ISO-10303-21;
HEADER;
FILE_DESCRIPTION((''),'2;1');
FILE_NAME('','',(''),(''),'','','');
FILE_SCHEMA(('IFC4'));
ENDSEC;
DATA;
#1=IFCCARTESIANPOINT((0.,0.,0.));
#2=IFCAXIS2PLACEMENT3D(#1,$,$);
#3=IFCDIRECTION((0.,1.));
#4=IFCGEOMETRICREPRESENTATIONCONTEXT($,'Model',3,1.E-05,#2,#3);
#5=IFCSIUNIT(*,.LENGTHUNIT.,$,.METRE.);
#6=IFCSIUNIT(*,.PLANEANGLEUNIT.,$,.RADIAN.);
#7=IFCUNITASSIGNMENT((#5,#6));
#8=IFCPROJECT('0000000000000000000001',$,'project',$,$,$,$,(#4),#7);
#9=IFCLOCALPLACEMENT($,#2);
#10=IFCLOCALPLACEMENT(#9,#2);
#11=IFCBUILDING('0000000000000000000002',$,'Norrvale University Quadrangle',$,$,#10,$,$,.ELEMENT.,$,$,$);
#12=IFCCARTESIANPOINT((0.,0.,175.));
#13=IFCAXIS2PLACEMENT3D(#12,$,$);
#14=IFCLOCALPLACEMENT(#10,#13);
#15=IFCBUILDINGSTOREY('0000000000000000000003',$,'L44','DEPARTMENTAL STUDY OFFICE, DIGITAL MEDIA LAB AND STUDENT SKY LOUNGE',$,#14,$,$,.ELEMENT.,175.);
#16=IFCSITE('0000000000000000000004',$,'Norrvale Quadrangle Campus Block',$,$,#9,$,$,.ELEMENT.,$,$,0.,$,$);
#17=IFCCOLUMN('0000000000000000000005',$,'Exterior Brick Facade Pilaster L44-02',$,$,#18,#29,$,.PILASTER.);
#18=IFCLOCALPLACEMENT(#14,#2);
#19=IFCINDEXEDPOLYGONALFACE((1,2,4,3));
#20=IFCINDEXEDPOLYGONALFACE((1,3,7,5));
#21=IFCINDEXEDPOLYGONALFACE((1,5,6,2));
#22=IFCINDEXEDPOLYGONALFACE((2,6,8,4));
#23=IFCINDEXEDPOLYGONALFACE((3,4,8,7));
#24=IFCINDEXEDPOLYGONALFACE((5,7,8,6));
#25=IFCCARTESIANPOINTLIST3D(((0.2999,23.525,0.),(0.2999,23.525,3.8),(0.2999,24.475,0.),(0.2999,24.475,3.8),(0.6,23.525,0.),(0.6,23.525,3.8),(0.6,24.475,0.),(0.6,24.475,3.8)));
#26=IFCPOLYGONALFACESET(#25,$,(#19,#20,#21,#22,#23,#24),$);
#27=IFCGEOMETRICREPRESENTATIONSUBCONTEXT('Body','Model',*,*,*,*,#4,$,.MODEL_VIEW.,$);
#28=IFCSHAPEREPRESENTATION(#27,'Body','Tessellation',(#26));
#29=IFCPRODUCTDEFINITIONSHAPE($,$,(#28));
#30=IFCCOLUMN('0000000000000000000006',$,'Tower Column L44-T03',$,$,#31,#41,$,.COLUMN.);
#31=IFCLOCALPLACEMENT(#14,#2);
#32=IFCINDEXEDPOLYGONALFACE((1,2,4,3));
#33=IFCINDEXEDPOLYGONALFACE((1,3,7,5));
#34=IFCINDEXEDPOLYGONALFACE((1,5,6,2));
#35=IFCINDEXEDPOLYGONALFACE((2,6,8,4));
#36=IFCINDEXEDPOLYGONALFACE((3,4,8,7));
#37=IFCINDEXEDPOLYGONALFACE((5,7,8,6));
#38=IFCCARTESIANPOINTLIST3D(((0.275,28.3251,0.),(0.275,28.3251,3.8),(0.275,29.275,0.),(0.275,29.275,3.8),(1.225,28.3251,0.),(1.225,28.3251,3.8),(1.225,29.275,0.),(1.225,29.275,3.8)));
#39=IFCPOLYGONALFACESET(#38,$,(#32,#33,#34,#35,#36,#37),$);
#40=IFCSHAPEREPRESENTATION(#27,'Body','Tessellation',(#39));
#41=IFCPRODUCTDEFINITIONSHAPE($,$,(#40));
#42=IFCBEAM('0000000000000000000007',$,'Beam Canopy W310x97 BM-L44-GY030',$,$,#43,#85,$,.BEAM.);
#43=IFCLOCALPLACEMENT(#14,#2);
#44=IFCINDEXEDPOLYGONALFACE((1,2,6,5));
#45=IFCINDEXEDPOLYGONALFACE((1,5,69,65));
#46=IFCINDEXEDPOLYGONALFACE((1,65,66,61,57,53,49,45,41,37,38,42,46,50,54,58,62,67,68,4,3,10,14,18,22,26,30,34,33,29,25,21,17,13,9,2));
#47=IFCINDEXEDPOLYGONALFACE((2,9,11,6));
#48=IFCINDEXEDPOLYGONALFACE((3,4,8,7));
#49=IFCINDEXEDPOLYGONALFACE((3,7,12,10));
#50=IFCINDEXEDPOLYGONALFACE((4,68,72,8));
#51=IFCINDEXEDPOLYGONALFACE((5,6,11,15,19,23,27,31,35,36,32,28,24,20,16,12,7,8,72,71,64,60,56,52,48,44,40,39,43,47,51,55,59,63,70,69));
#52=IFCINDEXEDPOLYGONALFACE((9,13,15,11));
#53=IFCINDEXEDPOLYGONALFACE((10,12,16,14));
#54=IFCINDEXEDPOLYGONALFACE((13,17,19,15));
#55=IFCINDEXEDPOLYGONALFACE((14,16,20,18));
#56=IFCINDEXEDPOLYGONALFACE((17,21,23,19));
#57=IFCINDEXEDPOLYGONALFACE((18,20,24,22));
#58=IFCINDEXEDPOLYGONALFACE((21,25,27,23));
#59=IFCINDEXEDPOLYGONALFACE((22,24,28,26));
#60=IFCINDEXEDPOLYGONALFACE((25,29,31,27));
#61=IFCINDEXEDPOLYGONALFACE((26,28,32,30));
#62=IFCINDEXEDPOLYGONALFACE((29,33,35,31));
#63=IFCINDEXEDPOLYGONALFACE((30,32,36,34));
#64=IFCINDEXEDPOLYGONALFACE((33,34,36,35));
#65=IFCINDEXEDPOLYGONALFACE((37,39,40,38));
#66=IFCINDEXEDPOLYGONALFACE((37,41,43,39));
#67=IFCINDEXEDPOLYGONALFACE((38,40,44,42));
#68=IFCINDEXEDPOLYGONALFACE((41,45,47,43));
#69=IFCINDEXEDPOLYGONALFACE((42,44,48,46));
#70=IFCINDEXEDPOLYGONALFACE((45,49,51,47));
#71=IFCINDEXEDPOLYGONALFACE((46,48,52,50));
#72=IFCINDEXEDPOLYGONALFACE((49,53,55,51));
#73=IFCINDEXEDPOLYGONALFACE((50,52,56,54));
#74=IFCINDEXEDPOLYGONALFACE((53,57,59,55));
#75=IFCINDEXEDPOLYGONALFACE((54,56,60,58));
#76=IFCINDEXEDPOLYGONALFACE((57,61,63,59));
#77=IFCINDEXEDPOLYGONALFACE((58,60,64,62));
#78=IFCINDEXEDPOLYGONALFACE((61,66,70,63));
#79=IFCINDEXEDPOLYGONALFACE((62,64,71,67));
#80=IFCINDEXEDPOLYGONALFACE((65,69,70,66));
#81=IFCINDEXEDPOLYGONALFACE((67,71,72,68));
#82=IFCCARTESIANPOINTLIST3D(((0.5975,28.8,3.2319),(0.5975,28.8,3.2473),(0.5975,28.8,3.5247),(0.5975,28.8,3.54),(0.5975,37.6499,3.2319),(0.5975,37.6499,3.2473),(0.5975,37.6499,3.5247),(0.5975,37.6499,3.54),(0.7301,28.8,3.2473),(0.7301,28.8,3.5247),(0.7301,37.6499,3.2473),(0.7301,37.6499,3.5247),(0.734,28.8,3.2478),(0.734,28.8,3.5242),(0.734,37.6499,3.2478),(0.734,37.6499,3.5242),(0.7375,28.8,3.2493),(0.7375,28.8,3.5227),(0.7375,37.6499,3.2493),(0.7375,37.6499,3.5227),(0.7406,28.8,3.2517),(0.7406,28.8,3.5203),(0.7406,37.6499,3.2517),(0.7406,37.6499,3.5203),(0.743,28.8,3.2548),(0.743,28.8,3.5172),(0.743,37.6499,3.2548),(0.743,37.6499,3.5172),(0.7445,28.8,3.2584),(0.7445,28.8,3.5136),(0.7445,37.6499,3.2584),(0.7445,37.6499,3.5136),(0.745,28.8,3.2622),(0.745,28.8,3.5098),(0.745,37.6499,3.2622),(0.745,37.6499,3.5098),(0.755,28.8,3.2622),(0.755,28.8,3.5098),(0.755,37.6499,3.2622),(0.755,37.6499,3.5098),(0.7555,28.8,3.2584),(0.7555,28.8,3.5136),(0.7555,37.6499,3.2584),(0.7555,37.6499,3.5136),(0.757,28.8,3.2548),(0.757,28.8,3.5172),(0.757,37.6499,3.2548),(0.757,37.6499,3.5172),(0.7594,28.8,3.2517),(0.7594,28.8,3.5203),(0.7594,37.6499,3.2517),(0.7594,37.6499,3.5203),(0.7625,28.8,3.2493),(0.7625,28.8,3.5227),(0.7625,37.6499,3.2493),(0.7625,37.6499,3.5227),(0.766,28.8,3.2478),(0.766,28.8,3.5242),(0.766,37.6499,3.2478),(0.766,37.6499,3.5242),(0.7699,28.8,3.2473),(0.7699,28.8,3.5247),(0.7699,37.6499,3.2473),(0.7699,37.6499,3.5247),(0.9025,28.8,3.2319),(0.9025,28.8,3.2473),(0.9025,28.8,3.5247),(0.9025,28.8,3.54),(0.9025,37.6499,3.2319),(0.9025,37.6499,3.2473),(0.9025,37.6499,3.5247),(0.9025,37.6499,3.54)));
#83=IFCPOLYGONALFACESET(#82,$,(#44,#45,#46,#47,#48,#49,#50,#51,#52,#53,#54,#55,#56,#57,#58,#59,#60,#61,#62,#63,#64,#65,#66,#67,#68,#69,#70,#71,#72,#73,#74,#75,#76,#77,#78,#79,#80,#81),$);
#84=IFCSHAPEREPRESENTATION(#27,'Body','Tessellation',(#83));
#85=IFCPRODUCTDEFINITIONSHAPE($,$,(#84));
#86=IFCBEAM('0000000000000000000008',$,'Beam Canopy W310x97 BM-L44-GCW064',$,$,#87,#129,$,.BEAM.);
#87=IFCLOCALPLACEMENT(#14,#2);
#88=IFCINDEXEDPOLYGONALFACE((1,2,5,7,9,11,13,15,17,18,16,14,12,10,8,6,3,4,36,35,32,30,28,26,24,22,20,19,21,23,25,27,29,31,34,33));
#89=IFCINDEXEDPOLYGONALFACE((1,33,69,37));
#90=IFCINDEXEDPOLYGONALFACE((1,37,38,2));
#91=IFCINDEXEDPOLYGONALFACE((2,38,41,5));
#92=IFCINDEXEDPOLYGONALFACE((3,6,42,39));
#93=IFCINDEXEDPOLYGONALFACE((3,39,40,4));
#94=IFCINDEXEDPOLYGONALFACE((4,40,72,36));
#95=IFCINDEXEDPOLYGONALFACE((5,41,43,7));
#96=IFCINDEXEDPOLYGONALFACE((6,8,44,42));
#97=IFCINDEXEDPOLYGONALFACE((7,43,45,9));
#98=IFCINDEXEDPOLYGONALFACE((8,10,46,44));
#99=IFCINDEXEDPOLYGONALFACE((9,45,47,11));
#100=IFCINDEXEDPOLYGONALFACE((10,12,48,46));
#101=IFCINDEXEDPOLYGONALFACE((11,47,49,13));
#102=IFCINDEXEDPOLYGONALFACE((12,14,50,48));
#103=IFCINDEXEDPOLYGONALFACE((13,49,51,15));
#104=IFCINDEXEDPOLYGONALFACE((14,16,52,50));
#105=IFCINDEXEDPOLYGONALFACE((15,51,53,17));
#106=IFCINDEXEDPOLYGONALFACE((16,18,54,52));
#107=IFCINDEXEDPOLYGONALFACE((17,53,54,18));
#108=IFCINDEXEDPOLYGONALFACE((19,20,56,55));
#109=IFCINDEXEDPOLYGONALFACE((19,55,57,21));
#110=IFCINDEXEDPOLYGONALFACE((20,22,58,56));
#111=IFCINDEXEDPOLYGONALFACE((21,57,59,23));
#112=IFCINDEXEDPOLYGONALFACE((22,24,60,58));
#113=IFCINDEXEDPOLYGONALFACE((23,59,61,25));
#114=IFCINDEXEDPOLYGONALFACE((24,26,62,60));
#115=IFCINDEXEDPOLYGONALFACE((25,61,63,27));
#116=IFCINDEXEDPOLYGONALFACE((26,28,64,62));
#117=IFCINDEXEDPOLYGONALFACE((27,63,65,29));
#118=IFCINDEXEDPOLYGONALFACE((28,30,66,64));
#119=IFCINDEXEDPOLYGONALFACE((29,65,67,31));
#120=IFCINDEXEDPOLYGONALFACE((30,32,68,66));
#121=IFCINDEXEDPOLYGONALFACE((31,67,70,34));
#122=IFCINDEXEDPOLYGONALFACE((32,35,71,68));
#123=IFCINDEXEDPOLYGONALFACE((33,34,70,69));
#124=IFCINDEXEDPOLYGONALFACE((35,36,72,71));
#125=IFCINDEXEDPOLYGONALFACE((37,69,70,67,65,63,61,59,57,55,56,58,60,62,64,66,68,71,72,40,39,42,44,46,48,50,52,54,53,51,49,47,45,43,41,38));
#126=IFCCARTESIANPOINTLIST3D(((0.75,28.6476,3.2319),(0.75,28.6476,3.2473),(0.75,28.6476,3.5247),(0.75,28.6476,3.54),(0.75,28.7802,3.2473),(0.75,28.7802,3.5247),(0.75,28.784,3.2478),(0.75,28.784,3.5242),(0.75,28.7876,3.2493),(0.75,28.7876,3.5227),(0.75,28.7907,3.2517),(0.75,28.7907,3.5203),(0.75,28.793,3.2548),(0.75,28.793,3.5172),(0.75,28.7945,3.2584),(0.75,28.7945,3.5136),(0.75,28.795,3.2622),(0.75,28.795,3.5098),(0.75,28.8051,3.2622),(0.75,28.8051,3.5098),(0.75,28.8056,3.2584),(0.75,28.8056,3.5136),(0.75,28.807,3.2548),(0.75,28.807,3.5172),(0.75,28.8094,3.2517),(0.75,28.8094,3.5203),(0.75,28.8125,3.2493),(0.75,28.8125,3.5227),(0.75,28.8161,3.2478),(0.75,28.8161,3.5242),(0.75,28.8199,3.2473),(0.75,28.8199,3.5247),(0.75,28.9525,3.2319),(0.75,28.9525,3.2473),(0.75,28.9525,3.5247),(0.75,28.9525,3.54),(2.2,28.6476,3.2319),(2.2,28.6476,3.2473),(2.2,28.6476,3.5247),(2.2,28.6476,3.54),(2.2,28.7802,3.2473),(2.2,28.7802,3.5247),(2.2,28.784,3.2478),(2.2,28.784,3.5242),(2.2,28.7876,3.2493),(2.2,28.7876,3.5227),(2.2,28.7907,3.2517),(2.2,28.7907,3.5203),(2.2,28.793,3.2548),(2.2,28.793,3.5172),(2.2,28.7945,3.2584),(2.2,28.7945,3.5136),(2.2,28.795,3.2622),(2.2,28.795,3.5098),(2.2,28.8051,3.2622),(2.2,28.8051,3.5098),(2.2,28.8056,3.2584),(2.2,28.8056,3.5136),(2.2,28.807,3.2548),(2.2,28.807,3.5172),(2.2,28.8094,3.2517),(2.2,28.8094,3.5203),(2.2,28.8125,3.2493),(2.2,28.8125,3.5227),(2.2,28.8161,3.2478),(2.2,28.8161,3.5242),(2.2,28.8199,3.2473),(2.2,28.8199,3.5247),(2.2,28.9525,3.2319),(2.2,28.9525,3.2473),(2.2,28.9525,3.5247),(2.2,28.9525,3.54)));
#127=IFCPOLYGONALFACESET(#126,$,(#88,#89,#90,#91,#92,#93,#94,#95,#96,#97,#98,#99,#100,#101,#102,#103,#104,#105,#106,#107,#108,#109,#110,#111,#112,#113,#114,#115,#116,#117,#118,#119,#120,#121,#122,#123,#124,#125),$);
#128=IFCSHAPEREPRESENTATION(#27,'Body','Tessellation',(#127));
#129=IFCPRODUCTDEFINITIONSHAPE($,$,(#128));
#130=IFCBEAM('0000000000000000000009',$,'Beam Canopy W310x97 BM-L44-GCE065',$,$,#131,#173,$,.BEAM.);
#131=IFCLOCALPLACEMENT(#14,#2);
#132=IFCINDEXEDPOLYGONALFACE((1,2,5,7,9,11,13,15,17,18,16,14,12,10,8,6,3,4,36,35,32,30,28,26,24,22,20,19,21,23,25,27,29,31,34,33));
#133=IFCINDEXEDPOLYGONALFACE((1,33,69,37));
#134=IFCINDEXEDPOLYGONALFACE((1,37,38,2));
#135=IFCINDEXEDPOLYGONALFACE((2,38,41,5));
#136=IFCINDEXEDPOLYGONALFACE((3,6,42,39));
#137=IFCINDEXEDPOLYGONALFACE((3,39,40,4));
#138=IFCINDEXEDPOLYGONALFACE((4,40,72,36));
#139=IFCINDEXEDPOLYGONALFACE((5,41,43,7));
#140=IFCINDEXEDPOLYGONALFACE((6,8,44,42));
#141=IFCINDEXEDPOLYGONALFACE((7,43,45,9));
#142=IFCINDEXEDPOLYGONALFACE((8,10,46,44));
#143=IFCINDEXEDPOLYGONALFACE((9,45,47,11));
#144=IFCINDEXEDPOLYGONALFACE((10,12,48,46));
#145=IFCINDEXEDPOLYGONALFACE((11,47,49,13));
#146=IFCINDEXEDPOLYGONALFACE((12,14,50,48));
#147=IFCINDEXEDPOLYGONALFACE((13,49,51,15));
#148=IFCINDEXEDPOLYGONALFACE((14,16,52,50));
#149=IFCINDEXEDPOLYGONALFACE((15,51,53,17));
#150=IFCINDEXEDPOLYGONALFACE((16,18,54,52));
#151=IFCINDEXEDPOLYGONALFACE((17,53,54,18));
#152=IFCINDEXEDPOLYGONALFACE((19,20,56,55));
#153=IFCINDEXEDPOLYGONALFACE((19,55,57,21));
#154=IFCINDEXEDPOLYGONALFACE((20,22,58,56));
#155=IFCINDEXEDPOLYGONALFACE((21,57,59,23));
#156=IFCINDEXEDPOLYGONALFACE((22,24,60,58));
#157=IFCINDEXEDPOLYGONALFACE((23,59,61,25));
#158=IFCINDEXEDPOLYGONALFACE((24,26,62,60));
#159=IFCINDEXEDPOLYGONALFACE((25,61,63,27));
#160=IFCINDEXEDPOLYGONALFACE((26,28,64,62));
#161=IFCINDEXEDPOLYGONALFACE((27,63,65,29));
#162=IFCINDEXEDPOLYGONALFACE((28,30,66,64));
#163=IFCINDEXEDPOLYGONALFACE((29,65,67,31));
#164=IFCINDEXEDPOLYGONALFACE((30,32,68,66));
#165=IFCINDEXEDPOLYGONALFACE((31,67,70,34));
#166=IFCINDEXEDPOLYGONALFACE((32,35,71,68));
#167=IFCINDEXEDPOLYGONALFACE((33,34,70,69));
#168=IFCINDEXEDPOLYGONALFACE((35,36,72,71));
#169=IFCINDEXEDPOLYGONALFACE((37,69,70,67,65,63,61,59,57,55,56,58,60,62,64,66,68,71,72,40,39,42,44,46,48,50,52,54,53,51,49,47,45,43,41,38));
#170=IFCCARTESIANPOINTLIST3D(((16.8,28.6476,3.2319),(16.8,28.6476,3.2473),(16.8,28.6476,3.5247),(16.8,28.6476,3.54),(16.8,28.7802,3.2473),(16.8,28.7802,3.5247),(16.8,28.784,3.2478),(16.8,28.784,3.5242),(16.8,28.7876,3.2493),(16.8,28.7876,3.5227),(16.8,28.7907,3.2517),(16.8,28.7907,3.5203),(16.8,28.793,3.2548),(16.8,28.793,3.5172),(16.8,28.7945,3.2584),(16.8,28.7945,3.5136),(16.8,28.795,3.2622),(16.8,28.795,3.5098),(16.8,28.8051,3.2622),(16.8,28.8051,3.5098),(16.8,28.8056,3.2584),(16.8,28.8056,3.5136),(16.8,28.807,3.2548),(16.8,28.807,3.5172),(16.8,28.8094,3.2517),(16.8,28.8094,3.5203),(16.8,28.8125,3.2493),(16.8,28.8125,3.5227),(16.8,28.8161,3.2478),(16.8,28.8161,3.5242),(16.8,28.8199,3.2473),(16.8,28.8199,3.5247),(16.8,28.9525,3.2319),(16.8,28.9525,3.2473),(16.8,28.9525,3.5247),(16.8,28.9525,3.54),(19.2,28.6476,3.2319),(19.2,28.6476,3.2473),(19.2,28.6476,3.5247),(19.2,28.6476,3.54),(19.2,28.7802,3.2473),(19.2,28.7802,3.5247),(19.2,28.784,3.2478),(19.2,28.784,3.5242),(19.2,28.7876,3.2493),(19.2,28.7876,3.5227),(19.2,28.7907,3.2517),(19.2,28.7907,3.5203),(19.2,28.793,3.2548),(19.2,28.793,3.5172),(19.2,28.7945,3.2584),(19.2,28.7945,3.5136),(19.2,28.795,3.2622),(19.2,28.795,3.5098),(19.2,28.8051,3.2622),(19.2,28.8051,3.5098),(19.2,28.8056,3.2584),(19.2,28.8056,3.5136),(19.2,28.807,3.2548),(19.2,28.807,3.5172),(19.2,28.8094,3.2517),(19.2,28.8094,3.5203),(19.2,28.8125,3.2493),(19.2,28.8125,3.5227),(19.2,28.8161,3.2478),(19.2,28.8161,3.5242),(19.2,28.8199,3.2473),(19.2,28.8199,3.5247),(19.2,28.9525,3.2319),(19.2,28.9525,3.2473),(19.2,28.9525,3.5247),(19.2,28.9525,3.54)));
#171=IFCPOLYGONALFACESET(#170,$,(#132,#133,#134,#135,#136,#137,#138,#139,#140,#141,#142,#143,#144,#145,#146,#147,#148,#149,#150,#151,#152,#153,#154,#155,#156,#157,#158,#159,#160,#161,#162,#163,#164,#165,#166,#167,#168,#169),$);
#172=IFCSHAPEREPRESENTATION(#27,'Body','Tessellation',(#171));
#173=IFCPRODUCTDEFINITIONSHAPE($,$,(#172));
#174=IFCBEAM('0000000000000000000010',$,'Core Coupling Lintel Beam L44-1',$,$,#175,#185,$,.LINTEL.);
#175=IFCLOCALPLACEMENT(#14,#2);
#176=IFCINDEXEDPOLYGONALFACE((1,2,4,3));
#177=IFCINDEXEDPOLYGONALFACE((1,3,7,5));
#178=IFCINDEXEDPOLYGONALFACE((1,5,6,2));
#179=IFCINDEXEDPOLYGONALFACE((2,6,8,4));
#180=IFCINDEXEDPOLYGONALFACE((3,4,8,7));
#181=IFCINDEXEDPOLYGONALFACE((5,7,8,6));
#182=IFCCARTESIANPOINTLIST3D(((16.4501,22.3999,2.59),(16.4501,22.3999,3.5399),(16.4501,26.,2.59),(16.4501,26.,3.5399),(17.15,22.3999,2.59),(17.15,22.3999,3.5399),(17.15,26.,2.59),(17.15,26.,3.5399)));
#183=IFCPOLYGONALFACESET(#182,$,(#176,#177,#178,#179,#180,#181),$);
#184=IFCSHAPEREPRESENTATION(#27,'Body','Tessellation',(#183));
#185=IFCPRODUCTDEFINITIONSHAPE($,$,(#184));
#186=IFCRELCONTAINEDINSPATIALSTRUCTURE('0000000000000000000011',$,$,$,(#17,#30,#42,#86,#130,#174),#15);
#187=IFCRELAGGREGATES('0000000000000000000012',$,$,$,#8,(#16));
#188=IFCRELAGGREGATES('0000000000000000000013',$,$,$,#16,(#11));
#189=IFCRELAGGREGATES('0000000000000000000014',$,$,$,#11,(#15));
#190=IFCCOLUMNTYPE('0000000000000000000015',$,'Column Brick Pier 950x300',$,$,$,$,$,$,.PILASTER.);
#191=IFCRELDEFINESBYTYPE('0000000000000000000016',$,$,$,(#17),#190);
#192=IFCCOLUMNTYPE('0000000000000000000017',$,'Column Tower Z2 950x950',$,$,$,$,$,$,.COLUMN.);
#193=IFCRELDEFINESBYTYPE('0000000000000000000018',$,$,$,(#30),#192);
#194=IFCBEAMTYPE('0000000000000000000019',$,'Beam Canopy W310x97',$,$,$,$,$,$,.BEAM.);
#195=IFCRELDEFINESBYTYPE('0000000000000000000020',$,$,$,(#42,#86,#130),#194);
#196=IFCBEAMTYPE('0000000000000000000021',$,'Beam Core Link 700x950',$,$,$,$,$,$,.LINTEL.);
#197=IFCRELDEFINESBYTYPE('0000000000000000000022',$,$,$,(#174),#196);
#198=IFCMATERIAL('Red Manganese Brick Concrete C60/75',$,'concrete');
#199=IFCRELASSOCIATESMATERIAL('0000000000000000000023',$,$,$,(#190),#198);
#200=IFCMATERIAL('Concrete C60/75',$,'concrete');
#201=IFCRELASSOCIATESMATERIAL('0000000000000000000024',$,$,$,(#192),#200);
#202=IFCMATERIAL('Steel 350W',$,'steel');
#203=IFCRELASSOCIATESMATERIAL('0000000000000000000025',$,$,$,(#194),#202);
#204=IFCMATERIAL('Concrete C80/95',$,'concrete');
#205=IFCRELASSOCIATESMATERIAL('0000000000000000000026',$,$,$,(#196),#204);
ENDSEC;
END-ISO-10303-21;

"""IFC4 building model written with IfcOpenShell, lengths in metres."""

from ifc_helpers import new_model, si_unit, direction, frame, origin, origin_2d, place, context, subcontext, project, spatial, rectangle, i_section, extrude, material, material_profile, profile_set, type_object, element, save


model = new_model("IFC4")

# Units and contexts
model_context = context("Model", 3, precision=1e-05, world=origin(), true_north=direction((0.0, 1.0)))
body_context = subcontext(model_context, "Body", "Model", "MODEL_VIEW")
ifc_project = project(units=[si_unit("LENGTHUNIT", "METRE"), si_unit("PLANEANGLEUNIT", "RADIAN")], contexts=[model_context])

# Site, building, storey
site_placement = place(None, origin())
site = spatial("IfcSite", under=ifc_project, at=site_placement, Name="Norrvale Quadrangle Campus Block", CompositionType="ELEMENT", RefElevation=0.0)
building_placement = place(site_placement, origin())
building = spatial("IfcBuilding", under=site, at=building_placement, Name="Norrvale University Quadrangle", CompositionType="ELEMENT")
storey_placement = place(building_placement, frame((0.0, 0.0, 175.0)))
storey = spatial("IfcBuildingStorey", under=building, at=storey_placement, Name="L44", Description="DEPARTMENTAL STUDY OFFICE, DIGITAL MEDIA LAB AND STUDENT SKY LOUNGE", CompositionType="ELEMENT", Elevation=175.0)

# Columns
ifc_material_1 = material(Name="Red Manganese Brick Concrete C60/75", Category="concrete")
ifc_material_profile_1 = material_profile(ifc_material_1, rectangle(XDim=0.95, YDim=0.3, at=origin_2d()), Name="Red Manganese Brick Concrete C60/75")
ifc_profile_set_1 = profile_set([ifc_material_profile_1], Name="Red Manganese Brick Concrete C60/75")
column_type_1 = type_object("IfcColumnType", Name="Column Brick Pier 950x300", PredefinedType="PILASTER", material=ifc_profile_set_1)
column_1_placement = place(storey_placement, frame((0.45, 24.0, 0.0), z_axis=(0.0, 0.0, 1.0), x_axis=(0.0, 1.0, 0.0)))
element("IfcColumn", 1, at=column_1_placement, inside=storey, type_object=column_type_1, Name="Exterior Brick Facade Pilaster L44-02", PredefinedType="PILASTER", context=body_context, shape_type="SweptSolid", body=[
    extrude(rectangle(XDim=0.95, YDim=0.3, at=origin_2d()), origin(), (0.0, 0.0, 1.0), 3.8),
])
ifc_material_2 = material(Name="Concrete C60/75", Category="concrete")
ifc_material_profile_2 = material_profile(ifc_material_2, rectangle(XDim=0.95, YDim=0.95, at=origin_2d()), Name="Concrete C60/75")
ifc_profile_set_2 = profile_set([ifc_material_profile_2], Name="Concrete C60/75")
column_type_2 = type_object("IfcColumnType", Name="Column Tower Z2 950x950", PredefinedType="COLUMN", material=ifc_profile_set_2)
column_2_placement = place(storey_placement, frame((0.75, 28.8, 0.0), z_axis=(0.0, 0.0, 1.0), x_axis=(1.0, 0.0, 0.0)))
element("IfcColumn", 2, at=column_2_placement, inside=storey, type_object=column_type_2, Name="Tower Column L44-T03", PredefinedType="COLUMN", context=body_context, shape_type="SweptSolid", body=[
    extrude(rectangle(XDim=0.95, YDim=0.95, at=origin_2d()), origin(), (0.0, 0.0, 1.0), 3.8),
])

# Beams
ifc_material_3 = material(Name="Steel 350W", Category="steel")
ifc_material_profile_3 = material_profile(ifc_material_3, i_section(OverallWidth=0.3049, OverallDepth=0.3081, WebThickness=0.01, FlangeThickness=0.0154, FilletRadius=0.0149, at=origin_2d()), Name="Steel 350W")
ifc_profile_set_3 = profile_set([ifc_material_profile_3], Name="Steel 350W")
beam_type_1 = type_object("IfcBeamType", Name="Beam Canopy W310x97", PredefinedType="BEAM", material=ifc_profile_set_3)
beam_1_placement = place(storey_placement, frame((0.75, 28.8, 3.386), z_axis=(0.0, 1.0, 0.0), x_axis=(-1.0, 0.0, 0.0)))
element("IfcBeam", 3, at=beam_1_placement, inside=storey, type_object=beam_type_1, Name="Beam Canopy W310x97 BM-L44-GY030", PredefinedType="BEAM", context=body_context, shape_type="SweptSolid", body=[
    extrude(i_section(OverallWidth=0.3049, OverallDepth=0.3081, WebThickness=0.01, FlangeThickness=0.0154, FilletRadius=0.0149, at=origin_2d()), origin(), (0.0, 0.0, 1.0), 8.8499),
])
beam_2_placement = place(storey_placement, frame((0.75, 28.8, 3.386), z_axis=(1.0, 0.0, 0.0), x_axis=(0.0, 1.0, 0.0)))
element("IfcBeam", 4, at=beam_2_placement, inside=storey, type_object=beam_type_1, Name="Beam Canopy W310x97 BM-L44-GCW064", PredefinedType="BEAM", context=body_context, shape_type="SweptSolid", body=[
    extrude(i_section(OverallWidth=0.3049, OverallDepth=0.3081, WebThickness=0.01, FlangeThickness=0.0154, FilletRadius=0.0149, at=origin_2d()), origin(), (0.0, 0.0, 1.0), 1.45),
])
beam_3_placement = place(storey_placement, frame((16.8, 28.8, 3.386), z_axis=(1.0, 0.0, 0.0), x_axis=(0.0, 1.0, 0.0)))
element("IfcBeam", 5, at=beam_3_placement, inside=storey, type_object=beam_type_1, Name="Beam Canopy W310x97 BM-L44-GCE065", PredefinedType="BEAM", context=body_context, shape_type="SweptSolid", body=[
    extrude(i_section(OverallWidth=0.3049, OverallDepth=0.3081, WebThickness=0.01, FlangeThickness=0.0154, FilletRadius=0.0149, at=origin_2d()), origin(), (0.0, 0.0, 1.0), 2.3999),
])
ifc_material_4 = material(Name="Concrete C80/95", Category="concrete")
ifc_material_profile_4 = material_profile(ifc_material_4, rectangle(XDim=0.7, YDim=0.95, at=origin_2d()), Name="Concrete C80/95")
ifc_profile_set_4 = profile_set([ifc_material_profile_4], Name="Concrete C80/95")
beam_type_2 = type_object("IfcBeamType", Name="Beam Core Link 700x950", PredefinedType="LINTEL", material=ifc_profile_set_4)
beam_4_placement = place(storey_placement, frame((16.8, 22.3999, 3.0649), z_axis=(0.0, 1.0, 0.0), x_axis=(-1.0, 0.0, 0.0)))
element("IfcBeam", 6, at=beam_4_placement, inside=storey, type_object=beam_type_2, Name="Core Coupling Lintel Beam L44-1", PredefinedType="LINTEL", context=body_context, shape_type="SweptSolid", body=[
    extrude(rectangle(XDim=0.7, YDim=0.95, at=origin_2d()), origin(), (0.0, 0.0, 1.0), 3.6001),
])

save(model, "model.ifc")
